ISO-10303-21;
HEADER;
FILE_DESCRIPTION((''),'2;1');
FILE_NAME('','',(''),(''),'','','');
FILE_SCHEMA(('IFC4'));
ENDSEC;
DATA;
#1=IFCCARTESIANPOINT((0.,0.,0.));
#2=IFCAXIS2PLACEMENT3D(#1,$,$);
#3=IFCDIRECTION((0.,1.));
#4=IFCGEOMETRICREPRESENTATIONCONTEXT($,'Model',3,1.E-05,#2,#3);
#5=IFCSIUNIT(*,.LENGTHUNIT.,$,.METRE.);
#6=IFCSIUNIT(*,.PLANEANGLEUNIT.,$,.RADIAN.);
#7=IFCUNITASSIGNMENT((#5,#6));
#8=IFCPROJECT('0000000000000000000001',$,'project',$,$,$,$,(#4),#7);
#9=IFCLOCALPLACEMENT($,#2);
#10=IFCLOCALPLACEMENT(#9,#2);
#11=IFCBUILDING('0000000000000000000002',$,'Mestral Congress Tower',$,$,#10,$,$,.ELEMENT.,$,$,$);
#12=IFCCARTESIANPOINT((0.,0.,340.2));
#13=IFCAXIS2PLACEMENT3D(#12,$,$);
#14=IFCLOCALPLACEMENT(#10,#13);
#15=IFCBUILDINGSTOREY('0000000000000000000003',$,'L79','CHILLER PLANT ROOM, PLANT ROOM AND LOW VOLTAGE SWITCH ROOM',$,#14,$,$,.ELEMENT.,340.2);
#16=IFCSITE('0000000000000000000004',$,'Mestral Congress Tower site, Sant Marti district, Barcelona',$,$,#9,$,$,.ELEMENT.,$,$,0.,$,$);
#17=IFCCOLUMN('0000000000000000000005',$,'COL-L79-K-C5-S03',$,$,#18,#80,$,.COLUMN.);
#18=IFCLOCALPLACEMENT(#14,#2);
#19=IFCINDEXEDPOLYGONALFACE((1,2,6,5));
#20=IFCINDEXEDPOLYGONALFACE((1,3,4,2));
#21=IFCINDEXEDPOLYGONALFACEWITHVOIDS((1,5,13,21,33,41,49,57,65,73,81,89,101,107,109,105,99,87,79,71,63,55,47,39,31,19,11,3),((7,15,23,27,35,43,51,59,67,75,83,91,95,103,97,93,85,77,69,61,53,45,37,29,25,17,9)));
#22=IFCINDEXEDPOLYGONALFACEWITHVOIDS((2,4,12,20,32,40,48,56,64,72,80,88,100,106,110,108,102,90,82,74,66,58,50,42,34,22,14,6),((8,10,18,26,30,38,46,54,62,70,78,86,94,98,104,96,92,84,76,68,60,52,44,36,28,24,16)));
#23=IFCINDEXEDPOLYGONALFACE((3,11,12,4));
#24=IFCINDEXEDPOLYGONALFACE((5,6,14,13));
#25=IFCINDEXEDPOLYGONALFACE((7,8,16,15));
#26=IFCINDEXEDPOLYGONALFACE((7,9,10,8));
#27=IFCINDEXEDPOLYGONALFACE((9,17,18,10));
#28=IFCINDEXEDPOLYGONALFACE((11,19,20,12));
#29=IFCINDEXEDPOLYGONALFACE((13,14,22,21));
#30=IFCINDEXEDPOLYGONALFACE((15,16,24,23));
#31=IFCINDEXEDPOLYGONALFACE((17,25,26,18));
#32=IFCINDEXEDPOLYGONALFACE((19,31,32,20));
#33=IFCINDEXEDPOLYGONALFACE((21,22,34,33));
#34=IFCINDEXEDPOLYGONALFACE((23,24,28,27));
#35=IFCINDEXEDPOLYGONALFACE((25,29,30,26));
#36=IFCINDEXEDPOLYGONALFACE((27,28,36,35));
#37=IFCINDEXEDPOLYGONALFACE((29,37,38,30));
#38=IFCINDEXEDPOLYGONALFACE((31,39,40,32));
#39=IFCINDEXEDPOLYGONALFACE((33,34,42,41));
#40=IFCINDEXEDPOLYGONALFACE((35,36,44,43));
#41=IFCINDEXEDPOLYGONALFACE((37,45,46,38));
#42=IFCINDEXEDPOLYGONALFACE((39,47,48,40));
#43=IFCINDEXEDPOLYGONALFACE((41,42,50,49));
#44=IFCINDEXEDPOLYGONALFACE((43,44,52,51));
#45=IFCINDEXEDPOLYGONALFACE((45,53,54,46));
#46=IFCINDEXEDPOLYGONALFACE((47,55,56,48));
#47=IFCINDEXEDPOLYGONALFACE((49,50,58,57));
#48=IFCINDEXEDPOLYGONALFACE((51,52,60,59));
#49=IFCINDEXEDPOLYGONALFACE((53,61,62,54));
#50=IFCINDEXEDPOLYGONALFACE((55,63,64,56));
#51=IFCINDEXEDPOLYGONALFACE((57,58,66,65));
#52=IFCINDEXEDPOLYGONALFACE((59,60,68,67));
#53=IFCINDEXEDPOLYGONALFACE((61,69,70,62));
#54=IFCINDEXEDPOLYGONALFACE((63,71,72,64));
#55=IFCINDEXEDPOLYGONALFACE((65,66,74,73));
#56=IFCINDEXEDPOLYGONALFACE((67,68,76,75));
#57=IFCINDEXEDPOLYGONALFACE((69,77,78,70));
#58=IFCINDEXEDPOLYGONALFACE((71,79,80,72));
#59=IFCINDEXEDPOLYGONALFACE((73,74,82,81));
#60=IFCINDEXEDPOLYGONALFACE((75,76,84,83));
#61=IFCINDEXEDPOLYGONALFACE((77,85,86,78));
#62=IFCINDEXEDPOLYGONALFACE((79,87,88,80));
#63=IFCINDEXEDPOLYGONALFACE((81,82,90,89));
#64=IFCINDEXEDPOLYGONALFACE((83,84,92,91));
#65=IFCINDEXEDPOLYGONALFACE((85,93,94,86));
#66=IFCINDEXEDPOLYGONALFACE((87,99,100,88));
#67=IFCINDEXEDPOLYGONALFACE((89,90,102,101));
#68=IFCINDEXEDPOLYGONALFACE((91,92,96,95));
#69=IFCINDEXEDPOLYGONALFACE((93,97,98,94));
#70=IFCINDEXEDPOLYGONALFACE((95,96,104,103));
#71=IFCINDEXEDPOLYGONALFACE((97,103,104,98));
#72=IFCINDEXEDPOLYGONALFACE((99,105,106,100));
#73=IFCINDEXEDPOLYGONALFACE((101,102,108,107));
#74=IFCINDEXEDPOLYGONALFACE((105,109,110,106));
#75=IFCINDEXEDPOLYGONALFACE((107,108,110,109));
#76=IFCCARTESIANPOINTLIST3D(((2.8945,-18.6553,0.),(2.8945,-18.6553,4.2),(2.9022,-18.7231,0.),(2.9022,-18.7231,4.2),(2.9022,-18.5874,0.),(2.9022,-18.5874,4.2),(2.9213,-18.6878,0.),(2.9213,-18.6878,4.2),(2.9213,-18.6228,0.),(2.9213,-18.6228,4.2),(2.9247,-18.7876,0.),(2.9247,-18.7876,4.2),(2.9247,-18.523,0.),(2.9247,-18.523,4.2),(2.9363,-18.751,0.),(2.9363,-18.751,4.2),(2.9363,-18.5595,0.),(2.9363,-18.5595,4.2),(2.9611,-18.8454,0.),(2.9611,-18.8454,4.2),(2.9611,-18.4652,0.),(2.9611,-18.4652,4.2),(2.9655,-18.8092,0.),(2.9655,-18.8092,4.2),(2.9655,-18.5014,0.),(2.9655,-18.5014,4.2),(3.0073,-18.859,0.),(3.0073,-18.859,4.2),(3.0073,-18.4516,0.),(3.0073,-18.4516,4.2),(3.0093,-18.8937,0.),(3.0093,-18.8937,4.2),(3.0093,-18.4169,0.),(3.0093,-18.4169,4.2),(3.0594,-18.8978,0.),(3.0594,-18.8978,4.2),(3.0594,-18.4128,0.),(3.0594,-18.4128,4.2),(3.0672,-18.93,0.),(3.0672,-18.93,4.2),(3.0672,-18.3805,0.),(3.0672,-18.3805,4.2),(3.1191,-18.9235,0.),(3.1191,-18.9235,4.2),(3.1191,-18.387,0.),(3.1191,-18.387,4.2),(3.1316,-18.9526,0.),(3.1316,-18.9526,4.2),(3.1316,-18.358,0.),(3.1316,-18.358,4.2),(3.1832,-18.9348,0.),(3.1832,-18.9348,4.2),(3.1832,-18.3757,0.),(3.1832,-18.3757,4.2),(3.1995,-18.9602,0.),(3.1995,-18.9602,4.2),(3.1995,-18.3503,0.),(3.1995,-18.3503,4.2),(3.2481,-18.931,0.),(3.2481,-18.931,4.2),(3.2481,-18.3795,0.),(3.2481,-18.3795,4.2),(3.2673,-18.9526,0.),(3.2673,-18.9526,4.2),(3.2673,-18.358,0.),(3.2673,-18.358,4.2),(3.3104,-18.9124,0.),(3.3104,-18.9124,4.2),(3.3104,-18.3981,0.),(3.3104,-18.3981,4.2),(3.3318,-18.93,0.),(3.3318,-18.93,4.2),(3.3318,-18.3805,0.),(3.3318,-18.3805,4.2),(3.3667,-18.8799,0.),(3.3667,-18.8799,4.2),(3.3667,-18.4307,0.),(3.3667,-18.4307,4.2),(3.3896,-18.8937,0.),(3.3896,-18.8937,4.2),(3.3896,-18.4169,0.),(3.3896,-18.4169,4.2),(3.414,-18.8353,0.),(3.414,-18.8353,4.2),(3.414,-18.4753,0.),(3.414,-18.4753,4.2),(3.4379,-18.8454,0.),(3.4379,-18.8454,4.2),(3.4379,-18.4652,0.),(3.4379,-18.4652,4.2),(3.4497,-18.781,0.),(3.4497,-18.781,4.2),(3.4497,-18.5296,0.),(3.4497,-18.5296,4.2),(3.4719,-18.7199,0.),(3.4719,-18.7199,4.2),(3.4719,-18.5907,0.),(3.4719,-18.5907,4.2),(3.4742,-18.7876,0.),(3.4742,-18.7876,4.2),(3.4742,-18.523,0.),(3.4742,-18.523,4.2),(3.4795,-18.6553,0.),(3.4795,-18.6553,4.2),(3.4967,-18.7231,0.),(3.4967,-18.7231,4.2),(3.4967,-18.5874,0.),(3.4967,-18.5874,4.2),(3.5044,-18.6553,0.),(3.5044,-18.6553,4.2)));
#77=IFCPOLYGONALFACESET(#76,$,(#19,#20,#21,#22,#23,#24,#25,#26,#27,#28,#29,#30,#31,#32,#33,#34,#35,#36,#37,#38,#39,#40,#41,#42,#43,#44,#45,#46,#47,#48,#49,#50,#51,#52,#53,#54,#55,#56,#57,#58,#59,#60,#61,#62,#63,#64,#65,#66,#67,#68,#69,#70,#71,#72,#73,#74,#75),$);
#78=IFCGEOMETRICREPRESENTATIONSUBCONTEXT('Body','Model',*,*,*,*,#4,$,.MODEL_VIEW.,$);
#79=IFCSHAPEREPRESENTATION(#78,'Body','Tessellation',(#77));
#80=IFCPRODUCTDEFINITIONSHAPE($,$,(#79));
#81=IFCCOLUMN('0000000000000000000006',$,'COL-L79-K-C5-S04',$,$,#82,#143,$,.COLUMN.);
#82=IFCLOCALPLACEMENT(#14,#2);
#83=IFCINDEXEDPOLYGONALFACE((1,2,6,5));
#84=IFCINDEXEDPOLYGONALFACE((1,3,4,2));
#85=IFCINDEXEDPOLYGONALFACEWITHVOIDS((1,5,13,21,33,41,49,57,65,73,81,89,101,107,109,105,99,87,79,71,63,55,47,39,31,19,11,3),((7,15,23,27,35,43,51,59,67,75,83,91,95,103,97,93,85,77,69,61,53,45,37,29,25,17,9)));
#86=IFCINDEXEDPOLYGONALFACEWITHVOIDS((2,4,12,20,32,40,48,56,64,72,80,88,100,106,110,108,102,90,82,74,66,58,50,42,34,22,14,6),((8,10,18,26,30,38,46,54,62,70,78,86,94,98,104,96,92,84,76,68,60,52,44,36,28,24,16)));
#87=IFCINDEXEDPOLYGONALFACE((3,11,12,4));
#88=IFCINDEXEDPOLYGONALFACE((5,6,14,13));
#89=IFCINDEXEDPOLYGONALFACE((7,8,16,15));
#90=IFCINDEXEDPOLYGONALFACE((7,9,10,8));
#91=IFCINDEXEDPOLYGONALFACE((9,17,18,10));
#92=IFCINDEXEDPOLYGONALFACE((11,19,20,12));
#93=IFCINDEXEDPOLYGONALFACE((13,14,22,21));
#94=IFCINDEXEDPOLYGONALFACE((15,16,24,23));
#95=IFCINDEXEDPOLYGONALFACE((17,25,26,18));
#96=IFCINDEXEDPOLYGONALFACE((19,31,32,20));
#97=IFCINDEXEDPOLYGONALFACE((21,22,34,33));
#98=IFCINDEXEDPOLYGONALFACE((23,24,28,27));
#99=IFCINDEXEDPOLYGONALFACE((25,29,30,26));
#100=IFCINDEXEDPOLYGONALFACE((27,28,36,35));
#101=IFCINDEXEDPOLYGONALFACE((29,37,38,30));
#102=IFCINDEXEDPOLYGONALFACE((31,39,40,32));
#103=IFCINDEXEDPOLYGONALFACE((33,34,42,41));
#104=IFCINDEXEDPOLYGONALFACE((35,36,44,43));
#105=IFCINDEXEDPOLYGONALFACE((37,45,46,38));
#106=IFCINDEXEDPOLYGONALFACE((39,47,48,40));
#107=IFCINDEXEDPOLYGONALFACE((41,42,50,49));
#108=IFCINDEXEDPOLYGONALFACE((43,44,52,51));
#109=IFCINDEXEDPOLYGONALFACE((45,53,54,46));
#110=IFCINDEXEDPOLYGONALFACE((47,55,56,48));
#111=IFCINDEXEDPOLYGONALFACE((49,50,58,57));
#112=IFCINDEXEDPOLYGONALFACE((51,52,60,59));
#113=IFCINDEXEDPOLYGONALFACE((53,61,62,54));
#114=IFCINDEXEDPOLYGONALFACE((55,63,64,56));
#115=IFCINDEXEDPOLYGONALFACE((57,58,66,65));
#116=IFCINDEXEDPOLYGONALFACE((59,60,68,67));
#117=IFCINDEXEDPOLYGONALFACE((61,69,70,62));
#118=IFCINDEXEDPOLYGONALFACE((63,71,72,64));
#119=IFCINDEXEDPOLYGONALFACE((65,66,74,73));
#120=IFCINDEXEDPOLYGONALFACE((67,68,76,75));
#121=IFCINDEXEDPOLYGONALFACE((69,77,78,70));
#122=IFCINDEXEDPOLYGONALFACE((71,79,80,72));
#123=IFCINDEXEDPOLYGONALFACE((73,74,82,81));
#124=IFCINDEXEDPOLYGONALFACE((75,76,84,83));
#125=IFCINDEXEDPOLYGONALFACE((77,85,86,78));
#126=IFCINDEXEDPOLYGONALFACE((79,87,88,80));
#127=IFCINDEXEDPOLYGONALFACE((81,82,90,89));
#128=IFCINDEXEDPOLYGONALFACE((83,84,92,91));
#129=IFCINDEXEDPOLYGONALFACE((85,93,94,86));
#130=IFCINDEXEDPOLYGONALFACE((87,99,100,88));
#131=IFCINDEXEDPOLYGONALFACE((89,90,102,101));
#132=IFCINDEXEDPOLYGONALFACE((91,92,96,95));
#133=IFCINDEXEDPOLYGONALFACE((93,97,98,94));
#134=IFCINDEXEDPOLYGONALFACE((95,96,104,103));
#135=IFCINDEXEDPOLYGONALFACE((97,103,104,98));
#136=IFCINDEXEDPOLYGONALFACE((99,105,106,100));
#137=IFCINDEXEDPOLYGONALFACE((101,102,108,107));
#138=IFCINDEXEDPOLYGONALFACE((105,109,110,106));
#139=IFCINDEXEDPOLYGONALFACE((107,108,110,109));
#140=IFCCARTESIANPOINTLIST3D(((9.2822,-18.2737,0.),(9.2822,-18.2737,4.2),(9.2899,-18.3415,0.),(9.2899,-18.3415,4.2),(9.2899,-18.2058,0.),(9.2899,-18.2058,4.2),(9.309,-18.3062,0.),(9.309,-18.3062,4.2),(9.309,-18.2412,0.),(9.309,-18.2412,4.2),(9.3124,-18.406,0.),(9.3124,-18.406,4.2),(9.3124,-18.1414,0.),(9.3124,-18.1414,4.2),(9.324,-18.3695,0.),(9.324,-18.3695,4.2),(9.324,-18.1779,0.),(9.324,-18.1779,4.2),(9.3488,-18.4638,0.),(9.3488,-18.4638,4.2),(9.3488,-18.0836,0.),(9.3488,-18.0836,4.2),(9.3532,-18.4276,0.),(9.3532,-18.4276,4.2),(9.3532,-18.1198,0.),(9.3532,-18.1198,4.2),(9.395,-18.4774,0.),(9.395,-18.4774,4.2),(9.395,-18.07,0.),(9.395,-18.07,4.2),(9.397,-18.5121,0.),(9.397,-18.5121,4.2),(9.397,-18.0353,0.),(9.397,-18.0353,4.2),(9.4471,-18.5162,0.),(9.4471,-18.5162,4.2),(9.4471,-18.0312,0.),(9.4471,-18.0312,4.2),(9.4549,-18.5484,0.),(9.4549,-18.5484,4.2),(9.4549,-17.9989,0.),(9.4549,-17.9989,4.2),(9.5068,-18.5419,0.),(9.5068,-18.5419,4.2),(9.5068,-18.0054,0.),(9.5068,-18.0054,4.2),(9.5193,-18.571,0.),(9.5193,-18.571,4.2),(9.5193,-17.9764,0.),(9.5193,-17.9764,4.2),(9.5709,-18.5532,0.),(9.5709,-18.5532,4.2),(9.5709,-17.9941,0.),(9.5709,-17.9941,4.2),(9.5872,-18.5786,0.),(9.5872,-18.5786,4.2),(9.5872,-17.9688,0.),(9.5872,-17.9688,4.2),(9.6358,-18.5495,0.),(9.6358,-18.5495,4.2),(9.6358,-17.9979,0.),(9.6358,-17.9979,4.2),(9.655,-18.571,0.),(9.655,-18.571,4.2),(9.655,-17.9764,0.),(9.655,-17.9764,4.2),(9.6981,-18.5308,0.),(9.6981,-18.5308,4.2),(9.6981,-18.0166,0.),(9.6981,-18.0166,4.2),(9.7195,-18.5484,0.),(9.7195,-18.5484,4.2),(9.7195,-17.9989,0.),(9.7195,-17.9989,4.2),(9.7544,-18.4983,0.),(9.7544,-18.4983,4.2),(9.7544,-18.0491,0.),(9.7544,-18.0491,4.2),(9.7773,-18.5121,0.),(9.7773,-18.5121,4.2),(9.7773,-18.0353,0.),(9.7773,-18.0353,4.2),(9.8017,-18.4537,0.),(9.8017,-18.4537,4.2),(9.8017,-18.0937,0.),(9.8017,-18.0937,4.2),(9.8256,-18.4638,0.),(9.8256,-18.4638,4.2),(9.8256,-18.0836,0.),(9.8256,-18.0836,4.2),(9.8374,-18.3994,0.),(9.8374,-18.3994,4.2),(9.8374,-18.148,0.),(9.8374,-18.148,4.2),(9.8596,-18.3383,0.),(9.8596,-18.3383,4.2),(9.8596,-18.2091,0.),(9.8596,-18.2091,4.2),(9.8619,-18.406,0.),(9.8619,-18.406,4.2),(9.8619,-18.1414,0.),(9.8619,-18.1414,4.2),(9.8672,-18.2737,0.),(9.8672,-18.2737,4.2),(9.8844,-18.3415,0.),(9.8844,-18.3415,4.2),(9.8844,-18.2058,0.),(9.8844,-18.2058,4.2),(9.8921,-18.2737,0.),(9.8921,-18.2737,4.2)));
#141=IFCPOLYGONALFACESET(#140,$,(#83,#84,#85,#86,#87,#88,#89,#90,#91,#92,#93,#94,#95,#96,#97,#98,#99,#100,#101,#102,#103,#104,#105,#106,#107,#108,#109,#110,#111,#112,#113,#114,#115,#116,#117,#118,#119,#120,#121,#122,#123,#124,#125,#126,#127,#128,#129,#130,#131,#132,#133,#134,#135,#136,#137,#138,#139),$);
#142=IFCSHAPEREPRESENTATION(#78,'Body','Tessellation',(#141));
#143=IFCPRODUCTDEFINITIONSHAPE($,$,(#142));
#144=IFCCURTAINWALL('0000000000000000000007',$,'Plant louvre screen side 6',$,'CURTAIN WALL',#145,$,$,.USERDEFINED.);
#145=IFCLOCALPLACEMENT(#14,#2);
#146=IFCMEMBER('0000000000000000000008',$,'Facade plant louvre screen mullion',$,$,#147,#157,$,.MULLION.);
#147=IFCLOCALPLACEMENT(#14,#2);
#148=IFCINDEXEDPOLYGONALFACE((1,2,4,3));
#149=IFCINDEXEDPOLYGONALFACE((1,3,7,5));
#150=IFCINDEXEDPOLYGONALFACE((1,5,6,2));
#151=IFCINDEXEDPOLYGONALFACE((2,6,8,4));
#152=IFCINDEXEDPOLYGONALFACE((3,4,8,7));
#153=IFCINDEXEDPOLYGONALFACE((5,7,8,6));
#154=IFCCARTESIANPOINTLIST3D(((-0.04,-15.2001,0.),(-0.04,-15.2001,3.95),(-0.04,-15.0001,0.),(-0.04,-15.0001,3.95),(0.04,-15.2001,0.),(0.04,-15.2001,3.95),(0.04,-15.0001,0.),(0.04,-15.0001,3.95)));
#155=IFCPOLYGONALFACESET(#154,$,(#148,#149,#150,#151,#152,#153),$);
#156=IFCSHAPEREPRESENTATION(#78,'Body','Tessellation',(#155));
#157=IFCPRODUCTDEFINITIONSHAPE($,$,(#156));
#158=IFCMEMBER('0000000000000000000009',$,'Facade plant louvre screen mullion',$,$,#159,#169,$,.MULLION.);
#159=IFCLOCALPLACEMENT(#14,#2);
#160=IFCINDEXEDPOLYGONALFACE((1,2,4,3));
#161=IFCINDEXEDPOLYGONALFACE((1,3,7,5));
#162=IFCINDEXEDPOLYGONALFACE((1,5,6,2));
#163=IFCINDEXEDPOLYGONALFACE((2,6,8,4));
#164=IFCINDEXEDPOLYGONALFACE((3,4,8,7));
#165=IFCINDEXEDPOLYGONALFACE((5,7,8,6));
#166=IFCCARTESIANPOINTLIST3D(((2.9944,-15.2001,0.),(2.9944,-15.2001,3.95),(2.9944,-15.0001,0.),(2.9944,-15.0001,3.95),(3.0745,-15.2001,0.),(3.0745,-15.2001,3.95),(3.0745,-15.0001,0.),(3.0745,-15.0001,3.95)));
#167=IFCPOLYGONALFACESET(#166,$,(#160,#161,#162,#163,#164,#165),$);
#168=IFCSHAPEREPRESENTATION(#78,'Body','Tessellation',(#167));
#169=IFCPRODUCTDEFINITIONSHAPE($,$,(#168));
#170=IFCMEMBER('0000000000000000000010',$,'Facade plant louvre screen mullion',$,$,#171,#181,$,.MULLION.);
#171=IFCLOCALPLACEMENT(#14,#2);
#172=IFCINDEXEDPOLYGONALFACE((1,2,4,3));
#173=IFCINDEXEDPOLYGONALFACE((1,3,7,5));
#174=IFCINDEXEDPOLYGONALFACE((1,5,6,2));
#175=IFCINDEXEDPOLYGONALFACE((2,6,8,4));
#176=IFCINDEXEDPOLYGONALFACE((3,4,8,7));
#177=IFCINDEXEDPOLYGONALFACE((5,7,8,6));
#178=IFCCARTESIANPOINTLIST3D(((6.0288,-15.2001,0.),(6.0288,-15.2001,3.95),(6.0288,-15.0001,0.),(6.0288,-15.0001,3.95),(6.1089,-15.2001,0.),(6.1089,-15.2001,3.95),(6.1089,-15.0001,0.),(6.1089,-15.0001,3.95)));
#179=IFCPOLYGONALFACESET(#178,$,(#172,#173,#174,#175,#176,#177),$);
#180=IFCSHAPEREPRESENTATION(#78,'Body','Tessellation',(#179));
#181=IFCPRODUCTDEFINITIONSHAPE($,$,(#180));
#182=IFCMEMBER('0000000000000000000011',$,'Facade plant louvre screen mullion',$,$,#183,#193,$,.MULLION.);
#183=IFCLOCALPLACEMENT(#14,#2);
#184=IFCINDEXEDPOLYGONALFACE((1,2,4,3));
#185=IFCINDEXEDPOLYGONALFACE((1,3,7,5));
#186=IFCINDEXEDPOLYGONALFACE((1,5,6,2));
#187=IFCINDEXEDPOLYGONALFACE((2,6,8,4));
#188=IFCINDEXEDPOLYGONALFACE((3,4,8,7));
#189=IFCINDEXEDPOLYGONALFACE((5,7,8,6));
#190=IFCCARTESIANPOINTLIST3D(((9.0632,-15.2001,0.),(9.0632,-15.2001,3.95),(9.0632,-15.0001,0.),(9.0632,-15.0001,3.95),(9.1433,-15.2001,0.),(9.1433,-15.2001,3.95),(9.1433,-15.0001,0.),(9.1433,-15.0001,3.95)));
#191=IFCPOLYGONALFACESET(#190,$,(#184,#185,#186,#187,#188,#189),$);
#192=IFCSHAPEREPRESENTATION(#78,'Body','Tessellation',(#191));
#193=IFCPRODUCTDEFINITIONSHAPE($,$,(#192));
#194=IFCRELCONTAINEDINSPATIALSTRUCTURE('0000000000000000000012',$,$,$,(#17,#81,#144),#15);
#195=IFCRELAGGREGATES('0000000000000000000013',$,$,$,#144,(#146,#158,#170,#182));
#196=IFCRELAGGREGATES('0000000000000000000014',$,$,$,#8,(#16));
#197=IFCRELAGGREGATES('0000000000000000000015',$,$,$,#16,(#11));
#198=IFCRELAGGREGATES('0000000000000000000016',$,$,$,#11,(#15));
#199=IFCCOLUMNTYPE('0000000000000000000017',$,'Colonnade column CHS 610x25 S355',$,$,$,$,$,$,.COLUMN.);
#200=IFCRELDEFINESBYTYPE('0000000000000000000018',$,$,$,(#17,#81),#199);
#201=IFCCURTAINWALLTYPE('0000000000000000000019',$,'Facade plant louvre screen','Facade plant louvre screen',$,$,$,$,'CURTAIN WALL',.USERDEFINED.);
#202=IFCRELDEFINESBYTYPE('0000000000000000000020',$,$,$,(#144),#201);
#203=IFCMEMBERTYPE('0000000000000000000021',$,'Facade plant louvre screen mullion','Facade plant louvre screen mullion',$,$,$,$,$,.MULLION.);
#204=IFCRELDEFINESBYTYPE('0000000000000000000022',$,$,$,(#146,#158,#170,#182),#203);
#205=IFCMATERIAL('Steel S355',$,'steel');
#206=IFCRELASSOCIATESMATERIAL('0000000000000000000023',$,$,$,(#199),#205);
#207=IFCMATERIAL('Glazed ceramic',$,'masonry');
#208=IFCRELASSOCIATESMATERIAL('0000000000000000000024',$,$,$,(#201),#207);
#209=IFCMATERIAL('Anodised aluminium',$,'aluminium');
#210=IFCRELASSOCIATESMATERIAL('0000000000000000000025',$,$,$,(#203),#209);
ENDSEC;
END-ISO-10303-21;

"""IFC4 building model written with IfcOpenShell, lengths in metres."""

from ifc_helpers import new_model, si_unit, direction, frame, origin, origin_2d, place, context, subcontext, project, spatial, rectangle, hollow_circle, extrude, material, material_profile, profile_set, type_object, element, aggregate, save


model = new_model("IFC4")

# Units and contexts
model_context = context("Model", 3, precision=1e-05, world=origin(), true_north=direction((0.0, 1.0)))
body_context = subcontext(model_context, "Body", "Model", "MODEL_VIEW")
ifc_project = project(units=[si_unit("LENGTHUNIT", "METRE"), si_unit("PLANEANGLEUNIT", "RADIAN")], contexts=[model_context])

# Site, building, storey
site_placement = place(None, origin())
site = spatial("IfcSite", under=ifc_project, at=site_placement, Name="Mestral Congress Tower site, Sant Marti district, Barcelona", CompositionType="ELEMENT", RefElevation=0.0)
building_placement = place(site_placement, origin())
building = spatial("IfcBuilding", under=site, at=building_placement, Name="Mestral Congress Tower", CompositionType="ELEMENT")
storey_placement = place(building_placement, frame((0.0, 0.0, 340.2)))
storey = spatial("IfcBuildingStorey", under=building, at=storey_placement, Name="L79", Description="CHILLER PLANT ROOM, PLANT ROOM AND LOW VOLTAGE SWITCH ROOM", CompositionType="ELEMENT", Elevation=340.2)

# Columns
ifc_material_1 = material(Name="Steel S355", Category="steel")
ifc_material_profile_1 = material_profile(ifc_material_1, hollow_circle(Radius=0.3049, WallThickness=0.0249, at=origin_2d()), Name="CHS 610x25")
ifc_profile_set_1 = profile_set([ifc_material_profile_1], Name="Steel S355")
column_type = type_object("IfcColumnType", Name="Colonnade column CHS 610x25 S355", PredefinedType="COLUMN", material=ifc_profile_set_1)
for number, where, z_axis, x_axis, name in (
    (1, (3.1995, -18.6553, 0.0), (0.0, 0.0, 1.0), (1.0, 0.0, 0.0), "COL-L79-K-C5-S03"),
    (2, (9.5872, -18.2737, 0.0), (0.0, 0.0, 1.0), (1.0, 0.0, 0.0), "COL-L79-K-C5-S04"),
):
    element("IfcColumn", number, at=place(storey_placement, frame(where, z_axis=z_axis, x_axis=x_axis)), inside=storey, type_object=column_type, Name=name, PredefinedType="COLUMN", context=body_context, shape_type="SweptSolid", body=[
        extrude(hollow_circle(Radius=0.3049, WallThickness=0.0249, at=origin_2d()), origin(), (0.0, 0.0, 1.0), 4.2),
    ])

# Curtain wall, members
ifc_material_2 = material(Name="Glazed ceramic", Category="masonry")
curtain_wall_type = type_object("IfcCurtainWallType", Name="Facade plant louvre screen", Description="Facade plant louvre screen", ElementType="CURTAIN WALL", PredefinedType="USERDEFINED", material=ifc_material_2)
curtain_wall_placement = place(storey_placement, origin())
curtain_wall = element("IfcCurtainWall", 3, at=curtain_wall_placement, inside=storey, type_object=curtain_wall_type, Name="Plant louvre screen side 6", ObjectType="CURTAIN WALL", PredefinedType="USERDEFINED")
ifc_material_3 = material(Name="Anodised aluminium", Category="aluminium")
ifc_material_profile_2 = material_profile(ifc_material_3, rectangle(XDim=0.2, YDim=0.0801, at=origin_2d()), Name="CW6 mullion 200 x 80")
ifc_profile_set_2 = profile_set([ifc_material_profile_2], Name="Anodised aluminium")
member_type_1 = type_object("IfcMemberType", Name="Facade plant louvre screen mullion", Description="Facade plant louvre screen mullion", PredefinedType="MULLION", material=ifc_profile_set_2)
member_1_placement = place(storey_placement, frame((0.0, -15.1001, 0.0), z_axis=(0.0, 0.0, 1.0), x_axis=(0.0, -1.0, 0.0)))
member_1 = element("IfcMember", 4, at=member_1_placement, type_object=member_type_1, Name="Facade plant louvre screen mullion", PredefinedType="MULLION", context=body_context, shape_type="SweptSolid", body=[
    extrude(rectangle(XDim=0.2, YDim=0.0801, at=origin_2d()), origin(), (0.0, 0.0, 1.0), 3.95),
])
member_2_placement = place(storey_placement, frame((3.0344, -15.1001, 0.0), z_axis=(0.0, 0.0, 1.0), x_axis=(0.0, -1.0, 0.0)))
member_2 = element("IfcMember", 5, at=member_2_placement, type_object=member_type_1, Name="Facade plant louvre screen mullion", PredefinedType="MULLION", context=body_context, shape_type="SweptSolid", body=[
    extrude(rectangle(XDim=0.2, YDim=0.0801, at=origin_2d()), origin(), (0.0, 0.0, 1.0), 3.95),
])
member_3_placement = place(storey_placement, frame((6.0688, -15.1001, 0.0), z_axis=(0.0, 0.0, 1.0), x_axis=(0.0, -1.0, 0.0)))
member_3 = element("IfcMember", 6, at=member_3_placement, type_object=member_type_1, Name="Facade plant louvre screen mullion", PredefinedType="MULLION", context=body_context, shape_type="SweptSolid", body=[
    extrude(rectangle(XDim=0.2, YDim=0.0801, at=origin_2d()), origin(), (0.0, 0.0, 1.0), 3.95),
])
member_4_placement = place(storey_placement, frame((9.1033, -15.1001, 0.0), z_axis=(0.0, 0.0, 1.0), x_axis=(0.0, -1.0, 0.0)))
member_4 = element("IfcMember", 7, at=member_4_placement, type_object=member_type_1, Name="Facade plant louvre screen mullion", PredefinedType="MULLION", context=body_context, shape_type="SweptSolid", body=[
    extrude(rectangle(XDim=0.2, YDim=0.0801, at=origin_2d()), origin(), (0.0, 0.0, 1.0), 3.95),
])

aggregate(curtain_wall, [member_1, member_2, member_3, member_4])

save(model, "model.ifc")
